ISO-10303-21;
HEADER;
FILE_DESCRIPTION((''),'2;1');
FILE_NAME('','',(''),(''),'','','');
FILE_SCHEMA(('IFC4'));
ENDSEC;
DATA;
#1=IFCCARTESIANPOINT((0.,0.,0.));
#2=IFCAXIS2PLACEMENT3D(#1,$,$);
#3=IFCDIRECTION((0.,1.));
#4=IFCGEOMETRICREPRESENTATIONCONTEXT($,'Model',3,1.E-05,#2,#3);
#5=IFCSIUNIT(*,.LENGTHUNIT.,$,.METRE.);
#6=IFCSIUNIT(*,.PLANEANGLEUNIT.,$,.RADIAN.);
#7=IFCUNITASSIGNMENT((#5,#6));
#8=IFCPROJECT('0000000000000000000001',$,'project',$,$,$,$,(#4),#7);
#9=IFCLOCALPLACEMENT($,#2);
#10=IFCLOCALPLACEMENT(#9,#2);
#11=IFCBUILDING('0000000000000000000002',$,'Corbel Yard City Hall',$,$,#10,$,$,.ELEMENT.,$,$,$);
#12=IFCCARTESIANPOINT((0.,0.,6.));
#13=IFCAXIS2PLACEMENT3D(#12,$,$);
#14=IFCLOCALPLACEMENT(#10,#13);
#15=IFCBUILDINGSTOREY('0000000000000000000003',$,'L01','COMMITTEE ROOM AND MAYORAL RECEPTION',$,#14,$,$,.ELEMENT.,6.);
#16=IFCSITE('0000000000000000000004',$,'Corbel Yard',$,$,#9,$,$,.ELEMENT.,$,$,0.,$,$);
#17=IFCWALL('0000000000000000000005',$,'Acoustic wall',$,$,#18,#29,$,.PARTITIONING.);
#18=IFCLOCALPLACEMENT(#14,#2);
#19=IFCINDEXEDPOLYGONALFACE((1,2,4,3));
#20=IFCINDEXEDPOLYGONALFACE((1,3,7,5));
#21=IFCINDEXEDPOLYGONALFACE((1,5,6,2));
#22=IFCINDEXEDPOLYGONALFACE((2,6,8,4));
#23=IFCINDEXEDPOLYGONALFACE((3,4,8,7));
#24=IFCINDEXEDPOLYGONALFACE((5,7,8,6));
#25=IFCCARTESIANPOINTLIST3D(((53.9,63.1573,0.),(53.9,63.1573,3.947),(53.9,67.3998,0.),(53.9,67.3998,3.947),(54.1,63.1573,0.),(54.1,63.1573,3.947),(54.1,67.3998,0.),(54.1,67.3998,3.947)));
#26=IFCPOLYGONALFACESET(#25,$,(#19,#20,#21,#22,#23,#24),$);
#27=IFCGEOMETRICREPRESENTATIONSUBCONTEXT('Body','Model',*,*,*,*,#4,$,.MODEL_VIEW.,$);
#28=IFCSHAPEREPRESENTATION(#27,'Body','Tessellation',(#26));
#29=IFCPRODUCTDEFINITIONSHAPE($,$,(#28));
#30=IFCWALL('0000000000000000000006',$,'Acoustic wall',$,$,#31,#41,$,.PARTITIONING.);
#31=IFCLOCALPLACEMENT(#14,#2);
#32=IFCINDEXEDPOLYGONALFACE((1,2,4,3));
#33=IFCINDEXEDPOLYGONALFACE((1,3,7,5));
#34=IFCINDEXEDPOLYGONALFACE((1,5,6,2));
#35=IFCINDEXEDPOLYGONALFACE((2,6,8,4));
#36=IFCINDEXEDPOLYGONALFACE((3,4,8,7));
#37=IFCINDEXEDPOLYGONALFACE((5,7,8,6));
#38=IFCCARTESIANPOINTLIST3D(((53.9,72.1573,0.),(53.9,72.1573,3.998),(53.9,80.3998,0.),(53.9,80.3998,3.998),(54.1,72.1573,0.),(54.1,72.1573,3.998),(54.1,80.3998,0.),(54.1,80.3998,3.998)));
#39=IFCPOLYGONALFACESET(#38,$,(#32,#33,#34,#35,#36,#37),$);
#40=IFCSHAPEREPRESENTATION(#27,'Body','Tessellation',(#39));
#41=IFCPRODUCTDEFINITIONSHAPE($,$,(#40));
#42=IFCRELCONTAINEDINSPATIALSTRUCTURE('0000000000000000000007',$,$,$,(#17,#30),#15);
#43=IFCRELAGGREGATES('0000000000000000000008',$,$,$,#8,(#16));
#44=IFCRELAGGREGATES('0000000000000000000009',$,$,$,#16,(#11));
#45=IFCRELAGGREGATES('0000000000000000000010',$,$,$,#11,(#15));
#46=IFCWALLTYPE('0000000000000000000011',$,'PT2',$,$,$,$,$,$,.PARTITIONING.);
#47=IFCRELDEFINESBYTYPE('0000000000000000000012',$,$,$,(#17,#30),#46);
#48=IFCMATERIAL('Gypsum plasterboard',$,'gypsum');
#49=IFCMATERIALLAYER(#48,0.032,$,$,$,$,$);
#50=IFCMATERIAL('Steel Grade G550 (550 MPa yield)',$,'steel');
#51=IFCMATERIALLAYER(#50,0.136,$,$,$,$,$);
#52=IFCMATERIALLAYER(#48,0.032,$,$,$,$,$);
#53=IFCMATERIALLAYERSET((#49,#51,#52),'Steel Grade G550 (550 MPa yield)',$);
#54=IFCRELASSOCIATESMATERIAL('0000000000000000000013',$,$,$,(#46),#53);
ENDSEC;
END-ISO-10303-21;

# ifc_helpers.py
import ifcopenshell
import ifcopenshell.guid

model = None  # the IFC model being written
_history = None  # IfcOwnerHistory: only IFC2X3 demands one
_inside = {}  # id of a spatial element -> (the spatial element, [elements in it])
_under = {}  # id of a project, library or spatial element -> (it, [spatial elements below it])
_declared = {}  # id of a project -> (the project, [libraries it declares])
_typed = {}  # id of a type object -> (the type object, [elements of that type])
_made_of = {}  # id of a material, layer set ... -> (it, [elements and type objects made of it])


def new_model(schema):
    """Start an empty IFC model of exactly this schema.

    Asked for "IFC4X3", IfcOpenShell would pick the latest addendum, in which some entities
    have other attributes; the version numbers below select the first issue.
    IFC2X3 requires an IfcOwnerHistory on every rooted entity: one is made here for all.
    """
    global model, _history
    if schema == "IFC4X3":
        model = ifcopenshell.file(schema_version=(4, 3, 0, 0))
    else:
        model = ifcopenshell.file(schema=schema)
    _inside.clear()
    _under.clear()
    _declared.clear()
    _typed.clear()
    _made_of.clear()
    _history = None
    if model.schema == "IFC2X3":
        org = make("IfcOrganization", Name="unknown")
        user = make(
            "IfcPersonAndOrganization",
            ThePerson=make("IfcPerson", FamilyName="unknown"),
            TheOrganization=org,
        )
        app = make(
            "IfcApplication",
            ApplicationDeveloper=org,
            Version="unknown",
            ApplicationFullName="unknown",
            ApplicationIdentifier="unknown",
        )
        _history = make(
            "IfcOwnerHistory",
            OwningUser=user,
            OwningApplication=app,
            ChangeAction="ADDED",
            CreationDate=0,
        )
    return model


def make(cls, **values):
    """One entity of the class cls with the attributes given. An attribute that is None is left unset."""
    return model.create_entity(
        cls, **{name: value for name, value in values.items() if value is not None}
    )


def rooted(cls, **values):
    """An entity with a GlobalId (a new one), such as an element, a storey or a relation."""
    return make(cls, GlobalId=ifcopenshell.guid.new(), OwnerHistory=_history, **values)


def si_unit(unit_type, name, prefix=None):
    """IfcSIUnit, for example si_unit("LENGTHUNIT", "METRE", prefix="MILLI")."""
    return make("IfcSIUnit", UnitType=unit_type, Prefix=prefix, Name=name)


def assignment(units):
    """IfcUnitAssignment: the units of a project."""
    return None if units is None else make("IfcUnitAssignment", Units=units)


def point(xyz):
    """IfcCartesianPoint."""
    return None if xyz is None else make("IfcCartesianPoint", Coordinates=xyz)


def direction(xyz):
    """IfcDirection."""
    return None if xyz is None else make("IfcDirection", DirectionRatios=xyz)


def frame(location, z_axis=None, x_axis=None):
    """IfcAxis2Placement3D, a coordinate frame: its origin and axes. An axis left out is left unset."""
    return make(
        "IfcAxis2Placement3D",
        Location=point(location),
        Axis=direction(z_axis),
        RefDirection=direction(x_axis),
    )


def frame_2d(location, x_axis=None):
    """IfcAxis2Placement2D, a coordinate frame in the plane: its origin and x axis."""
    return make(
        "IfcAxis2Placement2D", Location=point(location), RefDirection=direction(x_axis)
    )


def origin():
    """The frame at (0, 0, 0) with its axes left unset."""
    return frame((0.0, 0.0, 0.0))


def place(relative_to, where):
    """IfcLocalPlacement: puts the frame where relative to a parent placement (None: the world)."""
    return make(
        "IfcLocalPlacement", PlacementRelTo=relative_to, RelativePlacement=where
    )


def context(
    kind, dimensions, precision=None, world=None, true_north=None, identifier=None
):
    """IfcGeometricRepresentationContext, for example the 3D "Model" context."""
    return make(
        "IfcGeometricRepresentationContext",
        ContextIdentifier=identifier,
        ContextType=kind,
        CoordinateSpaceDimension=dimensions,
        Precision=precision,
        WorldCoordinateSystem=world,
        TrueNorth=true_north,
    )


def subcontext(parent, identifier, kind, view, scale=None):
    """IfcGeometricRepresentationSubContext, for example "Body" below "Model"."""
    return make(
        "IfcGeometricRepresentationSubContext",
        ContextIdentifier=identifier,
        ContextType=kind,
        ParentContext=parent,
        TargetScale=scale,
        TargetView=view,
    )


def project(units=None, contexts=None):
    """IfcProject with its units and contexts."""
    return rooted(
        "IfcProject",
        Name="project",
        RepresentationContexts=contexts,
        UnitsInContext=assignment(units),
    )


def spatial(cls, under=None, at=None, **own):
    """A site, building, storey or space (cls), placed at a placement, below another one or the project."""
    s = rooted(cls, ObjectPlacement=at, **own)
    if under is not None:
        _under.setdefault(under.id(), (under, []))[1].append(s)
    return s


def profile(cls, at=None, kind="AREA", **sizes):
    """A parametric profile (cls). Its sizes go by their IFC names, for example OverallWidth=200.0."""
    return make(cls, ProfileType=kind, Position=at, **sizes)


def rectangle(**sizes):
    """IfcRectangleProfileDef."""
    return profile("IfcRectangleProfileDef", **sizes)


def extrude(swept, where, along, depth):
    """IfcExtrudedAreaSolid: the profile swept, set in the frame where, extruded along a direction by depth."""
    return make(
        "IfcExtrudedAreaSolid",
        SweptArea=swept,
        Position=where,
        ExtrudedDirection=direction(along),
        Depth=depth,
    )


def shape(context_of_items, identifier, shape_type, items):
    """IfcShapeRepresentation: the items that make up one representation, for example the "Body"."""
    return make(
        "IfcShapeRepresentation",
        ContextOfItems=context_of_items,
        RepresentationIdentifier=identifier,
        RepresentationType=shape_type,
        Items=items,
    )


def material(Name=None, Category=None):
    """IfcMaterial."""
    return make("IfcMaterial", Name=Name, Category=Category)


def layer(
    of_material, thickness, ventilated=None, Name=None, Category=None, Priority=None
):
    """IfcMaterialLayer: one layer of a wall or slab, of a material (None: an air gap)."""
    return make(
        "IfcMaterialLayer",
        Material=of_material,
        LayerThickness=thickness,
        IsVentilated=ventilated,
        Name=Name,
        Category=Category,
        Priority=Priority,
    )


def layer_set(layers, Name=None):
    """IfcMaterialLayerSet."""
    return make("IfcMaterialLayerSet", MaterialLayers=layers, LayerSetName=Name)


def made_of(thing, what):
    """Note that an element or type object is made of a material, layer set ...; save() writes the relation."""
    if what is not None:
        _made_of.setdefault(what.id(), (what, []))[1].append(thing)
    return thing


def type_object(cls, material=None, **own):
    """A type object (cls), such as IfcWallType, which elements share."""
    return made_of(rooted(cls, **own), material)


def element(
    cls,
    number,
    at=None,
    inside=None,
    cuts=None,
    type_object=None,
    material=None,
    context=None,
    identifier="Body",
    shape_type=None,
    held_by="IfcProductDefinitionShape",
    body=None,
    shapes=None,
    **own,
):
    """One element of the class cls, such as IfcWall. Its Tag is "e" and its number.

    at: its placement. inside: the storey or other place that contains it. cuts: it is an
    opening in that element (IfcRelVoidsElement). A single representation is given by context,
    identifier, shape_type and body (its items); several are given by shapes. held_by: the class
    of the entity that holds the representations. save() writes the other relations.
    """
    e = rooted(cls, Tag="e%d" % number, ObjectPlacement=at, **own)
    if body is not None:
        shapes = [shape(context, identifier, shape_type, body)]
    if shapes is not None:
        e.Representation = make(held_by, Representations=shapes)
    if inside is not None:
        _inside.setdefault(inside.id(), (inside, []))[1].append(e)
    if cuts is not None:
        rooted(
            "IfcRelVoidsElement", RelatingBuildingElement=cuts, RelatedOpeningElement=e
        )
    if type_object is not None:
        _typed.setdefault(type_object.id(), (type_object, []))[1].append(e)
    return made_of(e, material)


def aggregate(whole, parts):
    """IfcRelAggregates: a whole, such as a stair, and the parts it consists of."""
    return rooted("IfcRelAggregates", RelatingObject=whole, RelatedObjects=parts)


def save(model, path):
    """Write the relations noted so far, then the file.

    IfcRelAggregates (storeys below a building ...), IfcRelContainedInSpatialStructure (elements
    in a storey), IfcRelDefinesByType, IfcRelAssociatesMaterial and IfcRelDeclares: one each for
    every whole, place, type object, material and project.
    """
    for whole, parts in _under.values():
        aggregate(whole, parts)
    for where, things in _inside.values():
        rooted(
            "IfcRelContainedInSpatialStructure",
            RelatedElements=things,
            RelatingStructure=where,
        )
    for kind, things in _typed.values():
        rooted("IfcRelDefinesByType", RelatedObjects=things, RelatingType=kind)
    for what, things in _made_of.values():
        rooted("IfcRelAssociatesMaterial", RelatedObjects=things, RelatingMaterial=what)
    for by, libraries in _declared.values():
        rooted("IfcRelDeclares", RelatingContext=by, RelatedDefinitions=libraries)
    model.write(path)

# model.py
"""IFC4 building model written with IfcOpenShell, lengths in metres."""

from ifc_helpers import new_model, si_unit, direction, frame, frame_2d, origin, place, context, subcontext, project, spatial, rectangle, extrude, material, layer, layer_set, type_object, element, save


model = new_model("IFC4")

# Units and contexts
model_context = context("Model", 3, precision=1e-05, world=origin(), true_north=direction((0.0, 1.0)))
body_context = subcontext(model_context, "Body", "Model", "MODEL_VIEW")
ifc_project = project(units=[si_unit("LENGTHUNIT", "METRE"), si_unit("PLANEANGLEUNIT", "RADIAN")], contexts=[model_context])

# Site, building, storey
site_placement = place(None, origin())
site = spatial("IfcSite", under=ifc_project, at=site_placement, Name="Corbel Yard", CompositionType="ELEMENT", RefElevation=0.0)
building_placement = place(site_placement, origin())
building = spatial("IfcBuilding", under=site, at=building_placement, Name="Corbel Yard City Hall", CompositionType="ELEMENT")
storey_placement = place(building_placement, frame((0.0, 0.0, 6.0)))
storey = spatial("IfcBuildingStorey", under=building, at=storey_placement, Name="L01", Description="COMMITTEE ROOM AND MAYORAL RECEPTION", CompositionType="ELEMENT", Elevation=6.0)

# Shared definitions
ifc_material_1 = material(Name="Gypsum plasterboard", Category="gypsum")
ifc_layer_1 = layer(ifc_material_1, 0.032)
ifc_material_2 = material(Name="Steel Grade G550 (550 MPa yield)", Category="steel")
ifc_layer_2 = layer(ifc_material_2, 0.136)
ifc_layer_3 = layer(ifc_material_1, 0.032)
ifc_layer_set_1 = layer_set([ifc_layer_1, ifc_layer_2, ifc_layer_3], Name="Steel Grade G550 (550 MPa yield)")
wall_type = type_object("IfcWallType", Name="PT2", PredefinedType="PARTITIONING", material=ifc_layer_set_1)

# Walls
wall_1_placement = place(storey_placement, frame((54.0, 63.1575, 0.0), z_axis=(0.0, 0.0, 1.0), x_axis=(0.0, 1.0, 0.0)))
element("IfcWall", 1, at=wall_1_placement, inside=storey, type_object=wall_type, Name="Acoustic wall", PredefinedType="PARTITIONING", context=body_context, shape_type="SweptSolid", body=[
    extrude(rectangle(XDim=4.2424, YDim=0.2, at=frame_2d((2.1211, 0.0))), origin(), (0.0, 0.0, 1.0), 3.947),
])
wall_2_placement = place(storey_placement, frame((54.0, 72.1575, 0.0), z_axis=(0.0, 0.0, 1.0), x_axis=(0.0, 1.0, 0.0)))
element("IfcWall", 2, at=wall_2_placement, inside=storey, type_object=wall_type, Name="Acoustic wall", PredefinedType="PARTITIONING", context=body_context, shape_type="SweptSolid", body=[
    extrude(rectangle(XDim=8.2424, YDim=0.2, at=frame_2d((4.1211, 0.0))), origin(), (0.0, 0.0, 1.0), 3.998),
])

save(model, "model.ifc")
